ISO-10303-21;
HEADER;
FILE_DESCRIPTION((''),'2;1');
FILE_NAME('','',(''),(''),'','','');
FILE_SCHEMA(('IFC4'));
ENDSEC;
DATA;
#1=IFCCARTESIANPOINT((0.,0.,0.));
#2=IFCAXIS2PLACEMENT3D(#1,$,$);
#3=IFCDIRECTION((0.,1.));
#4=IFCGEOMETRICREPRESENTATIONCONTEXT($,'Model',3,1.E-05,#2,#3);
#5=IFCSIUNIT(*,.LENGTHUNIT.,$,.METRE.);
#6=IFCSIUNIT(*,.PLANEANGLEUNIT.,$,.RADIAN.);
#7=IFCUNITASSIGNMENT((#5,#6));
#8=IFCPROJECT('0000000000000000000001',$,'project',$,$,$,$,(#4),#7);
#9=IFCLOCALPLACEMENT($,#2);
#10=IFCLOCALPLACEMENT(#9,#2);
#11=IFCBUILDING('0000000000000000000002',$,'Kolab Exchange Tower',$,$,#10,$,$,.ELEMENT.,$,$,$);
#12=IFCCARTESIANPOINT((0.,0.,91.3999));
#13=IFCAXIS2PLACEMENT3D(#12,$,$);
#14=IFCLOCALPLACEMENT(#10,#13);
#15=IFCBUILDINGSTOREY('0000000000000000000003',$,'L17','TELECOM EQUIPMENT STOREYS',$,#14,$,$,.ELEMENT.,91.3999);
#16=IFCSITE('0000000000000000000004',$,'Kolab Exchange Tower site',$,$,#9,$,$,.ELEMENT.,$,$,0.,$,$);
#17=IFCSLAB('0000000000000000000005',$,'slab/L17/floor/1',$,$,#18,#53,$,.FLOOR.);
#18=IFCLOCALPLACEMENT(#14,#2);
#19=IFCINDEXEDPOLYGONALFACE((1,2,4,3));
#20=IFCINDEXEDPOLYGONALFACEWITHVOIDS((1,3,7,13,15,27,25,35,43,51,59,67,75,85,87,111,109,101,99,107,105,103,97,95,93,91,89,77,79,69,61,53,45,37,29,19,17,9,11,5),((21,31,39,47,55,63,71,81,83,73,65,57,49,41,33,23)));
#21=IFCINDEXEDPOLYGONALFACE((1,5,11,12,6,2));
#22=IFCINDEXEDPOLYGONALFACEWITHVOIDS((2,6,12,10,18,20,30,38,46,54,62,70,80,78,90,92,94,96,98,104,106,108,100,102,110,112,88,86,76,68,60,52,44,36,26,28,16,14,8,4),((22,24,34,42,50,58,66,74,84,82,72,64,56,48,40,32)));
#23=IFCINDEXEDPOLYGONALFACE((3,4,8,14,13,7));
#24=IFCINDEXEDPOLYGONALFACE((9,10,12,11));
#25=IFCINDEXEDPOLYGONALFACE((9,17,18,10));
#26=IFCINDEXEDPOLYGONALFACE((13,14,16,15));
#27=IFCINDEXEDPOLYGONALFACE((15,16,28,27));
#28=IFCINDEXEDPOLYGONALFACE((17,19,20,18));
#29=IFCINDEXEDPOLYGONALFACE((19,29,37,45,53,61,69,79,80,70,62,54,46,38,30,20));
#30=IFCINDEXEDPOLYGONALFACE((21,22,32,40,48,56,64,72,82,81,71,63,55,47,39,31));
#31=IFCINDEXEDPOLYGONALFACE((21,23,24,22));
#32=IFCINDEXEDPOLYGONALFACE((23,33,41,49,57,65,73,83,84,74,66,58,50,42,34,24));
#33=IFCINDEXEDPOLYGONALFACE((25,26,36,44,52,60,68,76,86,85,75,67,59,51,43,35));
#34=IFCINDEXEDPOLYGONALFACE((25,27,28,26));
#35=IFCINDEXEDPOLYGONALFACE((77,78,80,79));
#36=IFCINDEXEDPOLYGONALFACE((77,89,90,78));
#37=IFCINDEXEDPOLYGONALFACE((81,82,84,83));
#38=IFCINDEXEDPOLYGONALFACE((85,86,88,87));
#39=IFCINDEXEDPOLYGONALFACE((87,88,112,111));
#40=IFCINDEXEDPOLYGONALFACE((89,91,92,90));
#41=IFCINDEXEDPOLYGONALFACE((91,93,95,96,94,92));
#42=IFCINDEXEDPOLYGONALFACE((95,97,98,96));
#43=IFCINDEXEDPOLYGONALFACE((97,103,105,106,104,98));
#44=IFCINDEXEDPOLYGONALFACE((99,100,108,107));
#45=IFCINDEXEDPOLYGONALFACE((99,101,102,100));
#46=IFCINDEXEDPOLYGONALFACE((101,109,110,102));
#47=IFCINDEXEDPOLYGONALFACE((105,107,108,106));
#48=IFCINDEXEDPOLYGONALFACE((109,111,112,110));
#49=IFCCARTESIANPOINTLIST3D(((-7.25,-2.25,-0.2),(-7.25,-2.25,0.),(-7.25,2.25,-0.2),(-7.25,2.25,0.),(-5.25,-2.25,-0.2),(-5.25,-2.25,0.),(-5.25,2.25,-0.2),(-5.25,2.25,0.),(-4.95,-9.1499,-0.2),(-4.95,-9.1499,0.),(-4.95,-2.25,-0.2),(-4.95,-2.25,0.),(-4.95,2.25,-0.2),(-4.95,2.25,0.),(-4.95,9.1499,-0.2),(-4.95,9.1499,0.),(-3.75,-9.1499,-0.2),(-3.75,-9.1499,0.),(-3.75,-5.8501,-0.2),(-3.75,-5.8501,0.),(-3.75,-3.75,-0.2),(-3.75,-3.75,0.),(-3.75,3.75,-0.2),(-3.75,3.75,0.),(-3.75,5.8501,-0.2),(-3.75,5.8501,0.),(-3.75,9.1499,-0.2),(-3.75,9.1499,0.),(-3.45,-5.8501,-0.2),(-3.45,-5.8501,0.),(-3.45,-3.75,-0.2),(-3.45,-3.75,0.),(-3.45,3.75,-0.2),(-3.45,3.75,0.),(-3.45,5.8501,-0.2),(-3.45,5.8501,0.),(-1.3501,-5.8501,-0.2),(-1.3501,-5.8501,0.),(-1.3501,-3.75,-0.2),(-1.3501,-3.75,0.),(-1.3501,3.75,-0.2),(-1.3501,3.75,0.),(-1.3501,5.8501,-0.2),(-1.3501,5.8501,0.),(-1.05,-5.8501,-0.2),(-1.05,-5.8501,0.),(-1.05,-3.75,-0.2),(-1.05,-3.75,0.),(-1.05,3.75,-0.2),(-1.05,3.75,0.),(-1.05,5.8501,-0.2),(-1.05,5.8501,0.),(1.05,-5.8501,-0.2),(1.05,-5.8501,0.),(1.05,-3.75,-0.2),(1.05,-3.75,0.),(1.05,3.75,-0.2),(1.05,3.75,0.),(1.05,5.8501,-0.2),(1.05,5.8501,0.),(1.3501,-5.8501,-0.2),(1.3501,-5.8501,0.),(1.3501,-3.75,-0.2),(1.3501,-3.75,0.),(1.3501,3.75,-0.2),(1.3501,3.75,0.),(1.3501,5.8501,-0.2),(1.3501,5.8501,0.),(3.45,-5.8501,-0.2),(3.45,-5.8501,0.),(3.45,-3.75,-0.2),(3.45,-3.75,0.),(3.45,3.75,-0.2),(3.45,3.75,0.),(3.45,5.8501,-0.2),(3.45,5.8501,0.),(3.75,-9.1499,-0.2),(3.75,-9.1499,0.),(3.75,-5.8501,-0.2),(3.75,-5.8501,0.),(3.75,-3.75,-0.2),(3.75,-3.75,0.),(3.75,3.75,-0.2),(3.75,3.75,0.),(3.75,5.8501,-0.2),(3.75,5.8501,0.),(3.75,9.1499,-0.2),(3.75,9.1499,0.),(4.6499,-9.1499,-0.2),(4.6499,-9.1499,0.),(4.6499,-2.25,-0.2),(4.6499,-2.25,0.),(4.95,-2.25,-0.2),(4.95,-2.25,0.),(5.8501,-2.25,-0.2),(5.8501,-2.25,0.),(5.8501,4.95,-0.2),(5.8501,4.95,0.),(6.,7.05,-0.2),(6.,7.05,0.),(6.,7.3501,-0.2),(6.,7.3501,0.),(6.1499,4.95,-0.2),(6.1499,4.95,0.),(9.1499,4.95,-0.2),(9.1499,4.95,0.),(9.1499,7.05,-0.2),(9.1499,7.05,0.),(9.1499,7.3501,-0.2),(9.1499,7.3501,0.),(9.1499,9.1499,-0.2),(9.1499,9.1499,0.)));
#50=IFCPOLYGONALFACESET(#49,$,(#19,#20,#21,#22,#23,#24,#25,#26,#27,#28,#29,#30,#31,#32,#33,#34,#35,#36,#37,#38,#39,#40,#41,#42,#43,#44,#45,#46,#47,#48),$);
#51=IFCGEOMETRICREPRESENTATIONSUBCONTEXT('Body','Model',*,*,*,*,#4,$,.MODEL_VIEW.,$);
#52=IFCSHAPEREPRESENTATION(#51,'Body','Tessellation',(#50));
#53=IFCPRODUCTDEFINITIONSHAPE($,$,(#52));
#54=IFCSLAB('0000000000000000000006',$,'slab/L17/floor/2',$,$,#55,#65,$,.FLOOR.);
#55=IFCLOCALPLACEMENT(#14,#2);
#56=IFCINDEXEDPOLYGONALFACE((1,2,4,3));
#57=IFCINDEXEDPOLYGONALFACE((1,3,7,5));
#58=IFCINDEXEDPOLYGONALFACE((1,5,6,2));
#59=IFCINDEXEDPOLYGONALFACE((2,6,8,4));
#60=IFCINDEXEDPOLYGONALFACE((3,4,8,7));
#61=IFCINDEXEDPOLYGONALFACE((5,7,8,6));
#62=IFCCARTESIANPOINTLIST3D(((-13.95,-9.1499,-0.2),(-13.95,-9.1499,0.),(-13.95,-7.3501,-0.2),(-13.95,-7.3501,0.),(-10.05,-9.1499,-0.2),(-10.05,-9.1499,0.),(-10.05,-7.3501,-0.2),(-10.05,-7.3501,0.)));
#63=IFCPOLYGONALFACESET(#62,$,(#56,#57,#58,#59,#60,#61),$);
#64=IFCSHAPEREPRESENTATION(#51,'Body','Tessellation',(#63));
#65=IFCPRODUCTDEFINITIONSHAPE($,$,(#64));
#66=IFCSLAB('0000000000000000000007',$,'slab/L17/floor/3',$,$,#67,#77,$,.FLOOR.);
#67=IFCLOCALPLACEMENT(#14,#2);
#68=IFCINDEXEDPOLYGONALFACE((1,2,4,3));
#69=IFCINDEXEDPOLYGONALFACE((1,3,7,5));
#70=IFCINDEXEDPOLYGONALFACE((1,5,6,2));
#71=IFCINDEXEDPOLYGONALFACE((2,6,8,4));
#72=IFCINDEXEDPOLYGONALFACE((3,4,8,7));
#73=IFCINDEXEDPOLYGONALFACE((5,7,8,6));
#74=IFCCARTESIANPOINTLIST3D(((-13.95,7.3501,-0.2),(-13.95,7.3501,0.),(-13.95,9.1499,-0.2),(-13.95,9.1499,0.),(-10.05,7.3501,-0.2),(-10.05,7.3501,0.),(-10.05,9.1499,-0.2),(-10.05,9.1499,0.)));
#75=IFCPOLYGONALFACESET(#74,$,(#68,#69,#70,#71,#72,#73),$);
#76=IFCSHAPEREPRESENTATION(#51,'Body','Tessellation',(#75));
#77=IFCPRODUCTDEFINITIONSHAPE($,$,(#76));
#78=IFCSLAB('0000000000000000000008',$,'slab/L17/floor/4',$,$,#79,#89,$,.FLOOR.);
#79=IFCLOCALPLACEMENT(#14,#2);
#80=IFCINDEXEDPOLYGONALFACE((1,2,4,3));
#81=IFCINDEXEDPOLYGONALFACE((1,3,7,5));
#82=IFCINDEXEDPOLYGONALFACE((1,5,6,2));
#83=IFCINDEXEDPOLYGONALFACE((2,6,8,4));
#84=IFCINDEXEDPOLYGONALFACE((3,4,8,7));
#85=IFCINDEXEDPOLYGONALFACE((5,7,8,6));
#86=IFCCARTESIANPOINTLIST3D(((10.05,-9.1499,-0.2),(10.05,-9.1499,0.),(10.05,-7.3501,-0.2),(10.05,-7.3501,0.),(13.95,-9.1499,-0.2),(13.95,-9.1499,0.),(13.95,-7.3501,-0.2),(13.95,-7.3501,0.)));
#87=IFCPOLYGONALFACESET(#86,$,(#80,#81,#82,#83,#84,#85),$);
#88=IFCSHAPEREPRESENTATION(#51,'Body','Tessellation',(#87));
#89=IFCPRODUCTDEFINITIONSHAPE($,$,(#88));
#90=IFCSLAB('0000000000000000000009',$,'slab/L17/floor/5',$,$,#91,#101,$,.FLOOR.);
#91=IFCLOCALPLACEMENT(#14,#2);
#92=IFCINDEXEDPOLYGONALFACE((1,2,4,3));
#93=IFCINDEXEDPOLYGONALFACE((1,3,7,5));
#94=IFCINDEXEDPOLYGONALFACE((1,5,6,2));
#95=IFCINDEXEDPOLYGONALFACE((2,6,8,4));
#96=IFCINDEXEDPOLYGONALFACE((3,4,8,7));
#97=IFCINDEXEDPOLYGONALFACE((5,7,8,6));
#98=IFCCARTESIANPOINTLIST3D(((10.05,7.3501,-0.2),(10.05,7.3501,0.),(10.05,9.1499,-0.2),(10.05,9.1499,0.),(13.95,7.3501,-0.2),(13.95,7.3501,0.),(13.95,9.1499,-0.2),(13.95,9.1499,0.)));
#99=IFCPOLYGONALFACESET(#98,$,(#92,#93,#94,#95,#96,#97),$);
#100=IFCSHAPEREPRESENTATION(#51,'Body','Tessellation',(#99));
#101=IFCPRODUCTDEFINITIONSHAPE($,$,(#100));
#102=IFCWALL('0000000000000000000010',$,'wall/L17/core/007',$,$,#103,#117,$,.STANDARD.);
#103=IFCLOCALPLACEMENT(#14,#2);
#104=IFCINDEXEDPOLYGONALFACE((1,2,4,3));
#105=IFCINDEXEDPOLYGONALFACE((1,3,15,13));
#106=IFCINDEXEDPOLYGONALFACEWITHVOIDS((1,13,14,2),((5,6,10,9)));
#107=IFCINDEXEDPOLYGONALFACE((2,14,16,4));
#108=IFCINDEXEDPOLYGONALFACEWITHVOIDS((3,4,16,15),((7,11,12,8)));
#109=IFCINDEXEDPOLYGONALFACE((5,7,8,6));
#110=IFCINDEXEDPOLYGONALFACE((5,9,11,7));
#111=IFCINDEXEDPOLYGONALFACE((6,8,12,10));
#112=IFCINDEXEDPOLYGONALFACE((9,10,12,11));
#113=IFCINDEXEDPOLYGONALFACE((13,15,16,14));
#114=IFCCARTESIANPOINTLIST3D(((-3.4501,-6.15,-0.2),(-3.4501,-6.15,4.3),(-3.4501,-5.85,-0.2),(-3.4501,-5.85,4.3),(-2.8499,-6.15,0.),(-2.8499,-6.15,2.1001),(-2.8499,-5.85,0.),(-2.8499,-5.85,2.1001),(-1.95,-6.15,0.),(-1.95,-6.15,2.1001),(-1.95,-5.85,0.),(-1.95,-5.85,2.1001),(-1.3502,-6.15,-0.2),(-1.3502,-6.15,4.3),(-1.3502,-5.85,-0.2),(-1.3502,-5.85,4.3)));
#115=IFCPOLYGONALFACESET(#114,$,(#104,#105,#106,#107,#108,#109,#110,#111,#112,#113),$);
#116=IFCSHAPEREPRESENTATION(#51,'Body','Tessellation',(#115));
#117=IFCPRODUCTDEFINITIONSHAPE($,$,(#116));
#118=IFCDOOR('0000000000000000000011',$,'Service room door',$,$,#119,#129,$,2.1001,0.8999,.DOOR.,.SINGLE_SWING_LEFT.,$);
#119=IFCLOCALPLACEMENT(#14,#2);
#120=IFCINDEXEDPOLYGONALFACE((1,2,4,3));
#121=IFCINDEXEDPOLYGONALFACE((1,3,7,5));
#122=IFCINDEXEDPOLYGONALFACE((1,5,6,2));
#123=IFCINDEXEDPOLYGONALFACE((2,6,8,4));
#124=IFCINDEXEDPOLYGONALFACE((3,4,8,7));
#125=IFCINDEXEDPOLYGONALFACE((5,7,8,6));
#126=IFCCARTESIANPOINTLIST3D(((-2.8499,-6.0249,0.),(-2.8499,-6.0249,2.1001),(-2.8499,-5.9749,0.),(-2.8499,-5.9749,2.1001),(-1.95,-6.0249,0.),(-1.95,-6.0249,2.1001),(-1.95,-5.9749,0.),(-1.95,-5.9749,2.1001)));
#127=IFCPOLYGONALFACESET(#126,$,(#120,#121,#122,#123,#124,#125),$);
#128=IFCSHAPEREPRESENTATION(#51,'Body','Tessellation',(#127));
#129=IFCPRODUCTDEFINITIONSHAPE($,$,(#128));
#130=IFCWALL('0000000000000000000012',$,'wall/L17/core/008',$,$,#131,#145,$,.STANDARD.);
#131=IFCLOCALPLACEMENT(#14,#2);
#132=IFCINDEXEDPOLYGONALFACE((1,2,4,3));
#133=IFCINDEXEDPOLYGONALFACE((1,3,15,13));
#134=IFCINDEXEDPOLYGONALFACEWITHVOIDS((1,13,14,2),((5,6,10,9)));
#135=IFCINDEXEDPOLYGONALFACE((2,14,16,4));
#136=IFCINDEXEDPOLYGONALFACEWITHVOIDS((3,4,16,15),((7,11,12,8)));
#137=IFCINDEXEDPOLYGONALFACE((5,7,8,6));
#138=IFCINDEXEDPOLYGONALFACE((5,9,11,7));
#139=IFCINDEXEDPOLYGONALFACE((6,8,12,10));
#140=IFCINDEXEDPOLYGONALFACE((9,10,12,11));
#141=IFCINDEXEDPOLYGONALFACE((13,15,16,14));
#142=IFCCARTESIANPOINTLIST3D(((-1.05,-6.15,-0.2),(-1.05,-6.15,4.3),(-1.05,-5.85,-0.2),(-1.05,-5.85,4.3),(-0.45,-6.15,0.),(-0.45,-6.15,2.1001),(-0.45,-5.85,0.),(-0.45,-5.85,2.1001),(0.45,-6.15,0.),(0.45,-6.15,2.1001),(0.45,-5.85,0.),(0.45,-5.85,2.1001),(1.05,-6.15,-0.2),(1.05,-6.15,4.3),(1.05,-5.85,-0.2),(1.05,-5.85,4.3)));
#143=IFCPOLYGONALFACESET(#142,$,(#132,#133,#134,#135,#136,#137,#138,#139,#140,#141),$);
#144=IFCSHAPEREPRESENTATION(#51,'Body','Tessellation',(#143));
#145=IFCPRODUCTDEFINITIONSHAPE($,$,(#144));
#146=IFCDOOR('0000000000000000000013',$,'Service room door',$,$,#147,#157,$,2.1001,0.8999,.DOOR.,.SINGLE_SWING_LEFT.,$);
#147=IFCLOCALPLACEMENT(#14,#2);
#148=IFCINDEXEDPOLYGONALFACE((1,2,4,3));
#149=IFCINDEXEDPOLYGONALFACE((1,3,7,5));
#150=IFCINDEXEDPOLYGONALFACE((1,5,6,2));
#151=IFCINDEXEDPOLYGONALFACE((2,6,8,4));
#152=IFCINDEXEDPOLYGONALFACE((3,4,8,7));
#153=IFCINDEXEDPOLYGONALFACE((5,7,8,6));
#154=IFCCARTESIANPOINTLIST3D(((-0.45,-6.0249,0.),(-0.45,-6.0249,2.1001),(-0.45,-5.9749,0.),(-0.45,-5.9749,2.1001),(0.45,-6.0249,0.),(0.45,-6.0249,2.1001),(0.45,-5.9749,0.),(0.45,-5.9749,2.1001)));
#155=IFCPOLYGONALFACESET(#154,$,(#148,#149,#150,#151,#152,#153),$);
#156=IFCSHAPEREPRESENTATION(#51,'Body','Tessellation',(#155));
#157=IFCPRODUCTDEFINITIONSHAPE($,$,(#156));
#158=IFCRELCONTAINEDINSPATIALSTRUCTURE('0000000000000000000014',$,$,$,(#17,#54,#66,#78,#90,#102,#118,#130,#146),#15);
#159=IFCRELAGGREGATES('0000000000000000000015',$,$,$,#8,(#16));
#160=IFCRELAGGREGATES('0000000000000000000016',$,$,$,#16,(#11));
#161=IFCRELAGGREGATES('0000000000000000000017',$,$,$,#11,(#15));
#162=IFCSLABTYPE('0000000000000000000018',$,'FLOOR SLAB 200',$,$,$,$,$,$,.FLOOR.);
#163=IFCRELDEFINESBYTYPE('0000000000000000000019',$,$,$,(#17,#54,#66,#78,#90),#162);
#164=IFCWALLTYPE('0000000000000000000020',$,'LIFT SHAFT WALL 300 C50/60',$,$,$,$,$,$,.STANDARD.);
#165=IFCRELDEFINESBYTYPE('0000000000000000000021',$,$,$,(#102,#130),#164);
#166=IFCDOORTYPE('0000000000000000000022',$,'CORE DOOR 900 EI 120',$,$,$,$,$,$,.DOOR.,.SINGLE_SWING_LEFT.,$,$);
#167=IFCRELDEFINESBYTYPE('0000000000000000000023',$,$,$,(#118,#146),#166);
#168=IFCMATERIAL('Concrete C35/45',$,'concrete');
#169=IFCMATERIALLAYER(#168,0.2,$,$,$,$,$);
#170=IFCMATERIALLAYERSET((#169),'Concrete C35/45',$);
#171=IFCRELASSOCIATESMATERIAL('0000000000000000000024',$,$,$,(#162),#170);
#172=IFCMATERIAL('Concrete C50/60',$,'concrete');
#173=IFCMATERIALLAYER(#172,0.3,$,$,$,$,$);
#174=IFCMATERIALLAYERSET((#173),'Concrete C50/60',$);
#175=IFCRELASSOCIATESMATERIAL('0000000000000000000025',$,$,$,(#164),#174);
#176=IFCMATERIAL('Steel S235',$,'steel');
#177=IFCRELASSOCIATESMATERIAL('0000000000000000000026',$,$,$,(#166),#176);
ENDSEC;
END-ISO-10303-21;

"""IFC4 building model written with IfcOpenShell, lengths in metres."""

from ifc_helpers import new_model, si_unit, direction, frame, frame_2d, origin, place, context, subcontext, project, spatial, polyline, rectangle, outline, extrude, material, layer, layer_set, type_object, element, fill, save


model = new_model("IFC4")

# Units and contexts
model_context = context("Model", 3, precision=1e-05, world=origin(), true_north=direction((0.0, 1.0)))
body_context = subcontext(model_context, "Body", "Model", "MODEL_VIEW")
ifc_project = project(units=[si_unit("LENGTHUNIT", "METRE"), si_unit("PLANEANGLEUNIT", "RADIAN")], contexts=[model_context])

# Site, building, storey
site_placement = place(None, origin())
site = spatial("IfcSite", under=ifc_project, at=site_placement, Name="Kolab Exchange Tower site", CompositionType="ELEMENT", RefElevation=0.0)
building_placement = place(site_placement, origin())
building = spatial("IfcBuilding", under=site, at=building_placement, Name="Kolab Exchange Tower", CompositionType="ELEMENT")
storey_placement = place(building_placement, frame((0.0, 0.0, 91.3999)))
storey = spatial("IfcBuildingStorey", under=building, at=storey_placement, Name="L17", Description="TELECOM EQUIPMENT STOREYS", CompositionType="ELEMENT", Elevation=91.3999)

# Slabs
ifc_material_1 = material(Name="Concrete C35/45", Category="concrete")
ifc_layer_1 = layer(ifc_material_1, 0.2)
ifc_layer_set_1 = layer_set([ifc_layer_1], Name="Concrete C35/45")
slab_type = type_object("IfcSlabType", Name="FLOOR SLAB 200", PredefinedType="FLOOR", material=ifc_layer_set_1)
slab_1_placement = place(storey_placement, frame((0.0, 0.0, -0.2)))
element("IfcSlab", 1, at=slab_1_placement, inside=storey, type_object=slab_type, Name="slab/L17/floor/1", PredefinedType="FLOOR", context=body_context, shape_type="SweptSolid", body=[
    extrude(outline(polyline([(-4.95, 9.1499), (-4.95, 2.25), (-5.25, 2.25), (-7.25, 2.25), (-7.25, -2.25), (-5.25, -2.25), (-4.95, -2.25), (-4.95, -9.1499), (-3.75, -9.1499), (-3.75, -5.8501), (-3.45, -5.8501), (-1.3501, -5.8501), (-1.05, -5.8501), (1.05, -5.8501), (1.3501, -5.8501), (3.45, -5.8501), (3.75, -5.8501), (3.75, -9.1499), (4.6499, -9.1499), (4.6499, -2.25), (4.95, -2.25), (5.8501, -2.25), (5.8501, 4.95), (6.1499, 4.95), (9.1499, 4.95), (9.1499, 7.05), (6.0, 7.05), (6.0, 7.3501), (9.1499, 7.3501), (9.1499, 9.1499), (3.75, 9.1499), (3.75, 5.8501), (3.45, 5.8501), (1.3501, 5.8501), (1.05, 5.8501), (-1.05, 5.8501), (-1.3501, 5.8501), (-3.45, 5.8501), (-3.75, 5.8501), (-3.75, 9.1499), (-4.95, 9.1499)]), holes=[polyline([(-3.75, -3.75), (-3.75, 3.75), (-3.45, 3.75), (-1.3501, 3.75), (-1.05, 3.75), (1.05, 3.75), (1.3501, 3.75), (3.45, 3.75), (3.75, 3.75), (3.75, -3.75), (3.45, -3.75), (1.3501, -3.75), (1.05, -3.75), (-1.05, -3.75), (-1.3501, -3.75), (-3.45, -3.75), (-3.75, -3.75)])]), origin(), (0.0, 0.0, 1.0), 0.2),
])
slab_2_placement = place(storey_placement, frame((0.0, 0.0, -0.2)))
element("IfcSlab", 2, at=slab_2_placement, inside=storey, type_object=slab_type, Name="slab/L17/floor/2", PredefinedType="FLOOR", context=body_context, shape_type="SweptSolid", body=[
    extrude(outline(polyline([(-10.05, -9.1499), (-10.05, -7.3501), (-13.95, -7.3501), (-13.95, -9.1499), (-10.05, -9.1499)])), origin(), (0.0, 0.0, 1.0), 0.2),
])
slab_3_placement = place(storey_placement, frame((0.0, 0.0, -0.2)))
element("IfcSlab", 3, at=slab_3_placement, inside=storey, type_object=slab_type, Name="slab/L17/floor/3", PredefinedType="FLOOR", context=body_context, shape_type="SweptSolid", body=[
    extrude(outline(polyline([(-10.05, 9.1499), (-13.95, 9.1499), (-13.95, 7.3501), (-10.05, 7.3501), (-10.05, 9.1499)])), origin(), (0.0, 0.0, 1.0), 0.2),
])
slab_4_placement = place(storey_placement, frame((0.0, 0.0, -0.2)))
element("IfcSlab", 4, at=slab_4_placement, inside=storey, type_object=slab_type, Name="slab/L17/floor/4", PredefinedType="FLOOR", context=body_context, shape_type="SweptSolid", body=[
    extrude(outline(polyline([(10.05, -9.1499), (13.95, -9.1499), (13.95, -7.3501), (10.05, -7.3501), (10.05, -9.1499)])), origin(), (0.0, 0.0, 1.0), 0.2),
])
slab_5_placement = place(storey_placement, frame((0.0, 0.0, -0.2)))
element("IfcSlab", 5, at=slab_5_placement, inside=storey, type_object=slab_type, Name="slab/L17/floor/5", PredefinedType="FLOOR", context=body_context, shape_type="SweptSolid", body=[
    extrude(outline(polyline([(13.95, 9.1499), (10.05, 9.1499), (10.05, 7.3501), (13.95, 7.3501), (13.95, 9.1499)])), origin(), (0.0, 0.0, 1.0), 0.2),
])

# Walls, openings, doors
ifc_material_2 = material(Name="Concrete C50/60", Category="concrete")
ifc_layer_2 = layer(ifc_material_2, 0.3)
ifc_layer_set_2 = layer_set([ifc_layer_2], Name="Concrete C50/60")
wall_type_1 = type_object("IfcWallType", Name="LIFT SHAFT WALL 300 C50/60", PredefinedType="STANDARD", material=ifc_layer_set_2)
wall_1_placement = place(storey_placement, frame((-3.45, -6.0, -0.2), z_axis=(0.0, 0.0, 1.0), x_axis=(1.0, 0.0, 0.0)))
wall_1 = element("IfcWall", 6, at=wall_1_placement, inside=storey, type_object=wall_type_1, Name="wall/L17/core/007", PredefinedType="STANDARD", context=body_context, shape_type="SweptSolid", body=[
    extrude(rectangle(XDim=2.0999, YDim=0.3, at=frame_2d((1.0498, 0.0))), origin(), (0.0, 0.0, 1.0), 4.5),
])
opening_1_placement = place(wall_1_placement, frame((0.6001, 0.0, 0.2)))
opening_1 = element("IfcOpeningElement", 7, at=opening_1_placement, cuts=wall_1, PredefinedType="OPENING", context=body_context, shape_type="SweptSolid", body=[
    extrude(rectangle(XDim=0.8999, YDim=2.1001, at=frame_2d((0.45, 1.05))), frame((0.0, 0.1602, 0.0), z_axis=(0.0, -1.0, 0.0), x_axis=(1.0, 0.0, 0.0)), (0.0, 0.0, 1.0), 0.3201),
])
ifc_material_3 = material(Name="Steel S235", Category="steel")
door_type_1 = type_object("IfcDoorType", Name="CORE DOOR 900 EI 120", OperationType="SINGLE_SWING_LEFT", PredefinedType="DOOR", material=ifc_material_3)
door_1_placement = place(opening_1_placement, frame((0.8999, 0.0, 0.0), z_axis=(0.0, 0.0, 1.0), x_axis=(-1.0, 0.0, 0.0)))
door_1 = element("IfcDoor", 8, at=door_1_placement, inside=storey, type_object=door_type_1, Name="Service room door", OperationType="SINGLE_SWING_LEFT", OverallHeight=2.1001, OverallWidth=0.8999, PredefinedType="DOOR", context=body_context, shape_type="SweptSolid", body=[
    extrude(rectangle(XDim=0.8999, YDim=2.1001, at=frame_2d((0.45, 1.05))), frame((0.0, 0.0249, 0.0), z_axis=(0.0, -1.0, 0.0), x_axis=(1.0, 0.0, 0.0)), (0.0, 0.0, 1.0), 0.05),
])
fill(opening_1, door_1)
wall_2_placement = place(storey_placement, frame((-1.05, -6.0, -0.2), z_axis=(0.0, 0.0, 1.0), x_axis=(1.0, 0.0, 0.0)))
wall_2 = element("IfcWall", 9, at=wall_2_placement, inside=storey, type_object=wall_type_1, Name="wall/L17/core/008", PredefinedType="STANDARD", context=body_context, shape_type="SweptSolid", body=[
    extrude(rectangle(XDim=2.1001, YDim=0.3, at=frame_2d((1.05, 0.0))), origin(), (0.0, 0.0, 1.0), 4.5),
])
opening_2_placement = place(wall_2_placement, frame((0.6001, 0.0, 0.2)))
opening_2 = element("IfcOpeningElement", 10, at=opening_2_placement, cuts=wall_2, PredefinedType="OPENING", context=body_context, shape_type="SweptSolid", body=[
    extrude(rectangle(XDim=0.8999, YDim=2.1001, at=frame_2d((0.45, 1.05))), frame((0.0, 0.1602, 0.0), z_axis=(0.0, -1.0, 0.0), x_axis=(1.0, 0.0, 0.0)), (0.0, 0.0, 1.0), 0.3201),
])
door_2_placement = place(opening_2_placement, frame((0.8999, 0.0, 0.0), z_axis=(0.0, 0.0, 1.0), x_axis=(-1.0, 0.0, 0.0)))
door_2 = element("IfcDoor", 11, at=door_2_placement, inside=storey, type_object=door_type_1, Name="Service room door", OperationType="SINGLE_SWING_LEFT", OverallHeight=2.1001, OverallWidth=0.8999, PredefinedType="DOOR", context=body_context, shape_type="SweptSolid", body=[
    extrude(rectangle(XDim=0.8999, YDim=2.1001, at=frame_2d((0.45, 1.05))), frame((0.0, 0.0249, 0.0), z_axis=(0.0, -1.0, 0.0), x_axis=(1.0, 0.0, 0.0)), (0.0, 0.0, 1.0), 0.05),
])
fill(opening_2, door_2)

save(model, "model.ifc")
